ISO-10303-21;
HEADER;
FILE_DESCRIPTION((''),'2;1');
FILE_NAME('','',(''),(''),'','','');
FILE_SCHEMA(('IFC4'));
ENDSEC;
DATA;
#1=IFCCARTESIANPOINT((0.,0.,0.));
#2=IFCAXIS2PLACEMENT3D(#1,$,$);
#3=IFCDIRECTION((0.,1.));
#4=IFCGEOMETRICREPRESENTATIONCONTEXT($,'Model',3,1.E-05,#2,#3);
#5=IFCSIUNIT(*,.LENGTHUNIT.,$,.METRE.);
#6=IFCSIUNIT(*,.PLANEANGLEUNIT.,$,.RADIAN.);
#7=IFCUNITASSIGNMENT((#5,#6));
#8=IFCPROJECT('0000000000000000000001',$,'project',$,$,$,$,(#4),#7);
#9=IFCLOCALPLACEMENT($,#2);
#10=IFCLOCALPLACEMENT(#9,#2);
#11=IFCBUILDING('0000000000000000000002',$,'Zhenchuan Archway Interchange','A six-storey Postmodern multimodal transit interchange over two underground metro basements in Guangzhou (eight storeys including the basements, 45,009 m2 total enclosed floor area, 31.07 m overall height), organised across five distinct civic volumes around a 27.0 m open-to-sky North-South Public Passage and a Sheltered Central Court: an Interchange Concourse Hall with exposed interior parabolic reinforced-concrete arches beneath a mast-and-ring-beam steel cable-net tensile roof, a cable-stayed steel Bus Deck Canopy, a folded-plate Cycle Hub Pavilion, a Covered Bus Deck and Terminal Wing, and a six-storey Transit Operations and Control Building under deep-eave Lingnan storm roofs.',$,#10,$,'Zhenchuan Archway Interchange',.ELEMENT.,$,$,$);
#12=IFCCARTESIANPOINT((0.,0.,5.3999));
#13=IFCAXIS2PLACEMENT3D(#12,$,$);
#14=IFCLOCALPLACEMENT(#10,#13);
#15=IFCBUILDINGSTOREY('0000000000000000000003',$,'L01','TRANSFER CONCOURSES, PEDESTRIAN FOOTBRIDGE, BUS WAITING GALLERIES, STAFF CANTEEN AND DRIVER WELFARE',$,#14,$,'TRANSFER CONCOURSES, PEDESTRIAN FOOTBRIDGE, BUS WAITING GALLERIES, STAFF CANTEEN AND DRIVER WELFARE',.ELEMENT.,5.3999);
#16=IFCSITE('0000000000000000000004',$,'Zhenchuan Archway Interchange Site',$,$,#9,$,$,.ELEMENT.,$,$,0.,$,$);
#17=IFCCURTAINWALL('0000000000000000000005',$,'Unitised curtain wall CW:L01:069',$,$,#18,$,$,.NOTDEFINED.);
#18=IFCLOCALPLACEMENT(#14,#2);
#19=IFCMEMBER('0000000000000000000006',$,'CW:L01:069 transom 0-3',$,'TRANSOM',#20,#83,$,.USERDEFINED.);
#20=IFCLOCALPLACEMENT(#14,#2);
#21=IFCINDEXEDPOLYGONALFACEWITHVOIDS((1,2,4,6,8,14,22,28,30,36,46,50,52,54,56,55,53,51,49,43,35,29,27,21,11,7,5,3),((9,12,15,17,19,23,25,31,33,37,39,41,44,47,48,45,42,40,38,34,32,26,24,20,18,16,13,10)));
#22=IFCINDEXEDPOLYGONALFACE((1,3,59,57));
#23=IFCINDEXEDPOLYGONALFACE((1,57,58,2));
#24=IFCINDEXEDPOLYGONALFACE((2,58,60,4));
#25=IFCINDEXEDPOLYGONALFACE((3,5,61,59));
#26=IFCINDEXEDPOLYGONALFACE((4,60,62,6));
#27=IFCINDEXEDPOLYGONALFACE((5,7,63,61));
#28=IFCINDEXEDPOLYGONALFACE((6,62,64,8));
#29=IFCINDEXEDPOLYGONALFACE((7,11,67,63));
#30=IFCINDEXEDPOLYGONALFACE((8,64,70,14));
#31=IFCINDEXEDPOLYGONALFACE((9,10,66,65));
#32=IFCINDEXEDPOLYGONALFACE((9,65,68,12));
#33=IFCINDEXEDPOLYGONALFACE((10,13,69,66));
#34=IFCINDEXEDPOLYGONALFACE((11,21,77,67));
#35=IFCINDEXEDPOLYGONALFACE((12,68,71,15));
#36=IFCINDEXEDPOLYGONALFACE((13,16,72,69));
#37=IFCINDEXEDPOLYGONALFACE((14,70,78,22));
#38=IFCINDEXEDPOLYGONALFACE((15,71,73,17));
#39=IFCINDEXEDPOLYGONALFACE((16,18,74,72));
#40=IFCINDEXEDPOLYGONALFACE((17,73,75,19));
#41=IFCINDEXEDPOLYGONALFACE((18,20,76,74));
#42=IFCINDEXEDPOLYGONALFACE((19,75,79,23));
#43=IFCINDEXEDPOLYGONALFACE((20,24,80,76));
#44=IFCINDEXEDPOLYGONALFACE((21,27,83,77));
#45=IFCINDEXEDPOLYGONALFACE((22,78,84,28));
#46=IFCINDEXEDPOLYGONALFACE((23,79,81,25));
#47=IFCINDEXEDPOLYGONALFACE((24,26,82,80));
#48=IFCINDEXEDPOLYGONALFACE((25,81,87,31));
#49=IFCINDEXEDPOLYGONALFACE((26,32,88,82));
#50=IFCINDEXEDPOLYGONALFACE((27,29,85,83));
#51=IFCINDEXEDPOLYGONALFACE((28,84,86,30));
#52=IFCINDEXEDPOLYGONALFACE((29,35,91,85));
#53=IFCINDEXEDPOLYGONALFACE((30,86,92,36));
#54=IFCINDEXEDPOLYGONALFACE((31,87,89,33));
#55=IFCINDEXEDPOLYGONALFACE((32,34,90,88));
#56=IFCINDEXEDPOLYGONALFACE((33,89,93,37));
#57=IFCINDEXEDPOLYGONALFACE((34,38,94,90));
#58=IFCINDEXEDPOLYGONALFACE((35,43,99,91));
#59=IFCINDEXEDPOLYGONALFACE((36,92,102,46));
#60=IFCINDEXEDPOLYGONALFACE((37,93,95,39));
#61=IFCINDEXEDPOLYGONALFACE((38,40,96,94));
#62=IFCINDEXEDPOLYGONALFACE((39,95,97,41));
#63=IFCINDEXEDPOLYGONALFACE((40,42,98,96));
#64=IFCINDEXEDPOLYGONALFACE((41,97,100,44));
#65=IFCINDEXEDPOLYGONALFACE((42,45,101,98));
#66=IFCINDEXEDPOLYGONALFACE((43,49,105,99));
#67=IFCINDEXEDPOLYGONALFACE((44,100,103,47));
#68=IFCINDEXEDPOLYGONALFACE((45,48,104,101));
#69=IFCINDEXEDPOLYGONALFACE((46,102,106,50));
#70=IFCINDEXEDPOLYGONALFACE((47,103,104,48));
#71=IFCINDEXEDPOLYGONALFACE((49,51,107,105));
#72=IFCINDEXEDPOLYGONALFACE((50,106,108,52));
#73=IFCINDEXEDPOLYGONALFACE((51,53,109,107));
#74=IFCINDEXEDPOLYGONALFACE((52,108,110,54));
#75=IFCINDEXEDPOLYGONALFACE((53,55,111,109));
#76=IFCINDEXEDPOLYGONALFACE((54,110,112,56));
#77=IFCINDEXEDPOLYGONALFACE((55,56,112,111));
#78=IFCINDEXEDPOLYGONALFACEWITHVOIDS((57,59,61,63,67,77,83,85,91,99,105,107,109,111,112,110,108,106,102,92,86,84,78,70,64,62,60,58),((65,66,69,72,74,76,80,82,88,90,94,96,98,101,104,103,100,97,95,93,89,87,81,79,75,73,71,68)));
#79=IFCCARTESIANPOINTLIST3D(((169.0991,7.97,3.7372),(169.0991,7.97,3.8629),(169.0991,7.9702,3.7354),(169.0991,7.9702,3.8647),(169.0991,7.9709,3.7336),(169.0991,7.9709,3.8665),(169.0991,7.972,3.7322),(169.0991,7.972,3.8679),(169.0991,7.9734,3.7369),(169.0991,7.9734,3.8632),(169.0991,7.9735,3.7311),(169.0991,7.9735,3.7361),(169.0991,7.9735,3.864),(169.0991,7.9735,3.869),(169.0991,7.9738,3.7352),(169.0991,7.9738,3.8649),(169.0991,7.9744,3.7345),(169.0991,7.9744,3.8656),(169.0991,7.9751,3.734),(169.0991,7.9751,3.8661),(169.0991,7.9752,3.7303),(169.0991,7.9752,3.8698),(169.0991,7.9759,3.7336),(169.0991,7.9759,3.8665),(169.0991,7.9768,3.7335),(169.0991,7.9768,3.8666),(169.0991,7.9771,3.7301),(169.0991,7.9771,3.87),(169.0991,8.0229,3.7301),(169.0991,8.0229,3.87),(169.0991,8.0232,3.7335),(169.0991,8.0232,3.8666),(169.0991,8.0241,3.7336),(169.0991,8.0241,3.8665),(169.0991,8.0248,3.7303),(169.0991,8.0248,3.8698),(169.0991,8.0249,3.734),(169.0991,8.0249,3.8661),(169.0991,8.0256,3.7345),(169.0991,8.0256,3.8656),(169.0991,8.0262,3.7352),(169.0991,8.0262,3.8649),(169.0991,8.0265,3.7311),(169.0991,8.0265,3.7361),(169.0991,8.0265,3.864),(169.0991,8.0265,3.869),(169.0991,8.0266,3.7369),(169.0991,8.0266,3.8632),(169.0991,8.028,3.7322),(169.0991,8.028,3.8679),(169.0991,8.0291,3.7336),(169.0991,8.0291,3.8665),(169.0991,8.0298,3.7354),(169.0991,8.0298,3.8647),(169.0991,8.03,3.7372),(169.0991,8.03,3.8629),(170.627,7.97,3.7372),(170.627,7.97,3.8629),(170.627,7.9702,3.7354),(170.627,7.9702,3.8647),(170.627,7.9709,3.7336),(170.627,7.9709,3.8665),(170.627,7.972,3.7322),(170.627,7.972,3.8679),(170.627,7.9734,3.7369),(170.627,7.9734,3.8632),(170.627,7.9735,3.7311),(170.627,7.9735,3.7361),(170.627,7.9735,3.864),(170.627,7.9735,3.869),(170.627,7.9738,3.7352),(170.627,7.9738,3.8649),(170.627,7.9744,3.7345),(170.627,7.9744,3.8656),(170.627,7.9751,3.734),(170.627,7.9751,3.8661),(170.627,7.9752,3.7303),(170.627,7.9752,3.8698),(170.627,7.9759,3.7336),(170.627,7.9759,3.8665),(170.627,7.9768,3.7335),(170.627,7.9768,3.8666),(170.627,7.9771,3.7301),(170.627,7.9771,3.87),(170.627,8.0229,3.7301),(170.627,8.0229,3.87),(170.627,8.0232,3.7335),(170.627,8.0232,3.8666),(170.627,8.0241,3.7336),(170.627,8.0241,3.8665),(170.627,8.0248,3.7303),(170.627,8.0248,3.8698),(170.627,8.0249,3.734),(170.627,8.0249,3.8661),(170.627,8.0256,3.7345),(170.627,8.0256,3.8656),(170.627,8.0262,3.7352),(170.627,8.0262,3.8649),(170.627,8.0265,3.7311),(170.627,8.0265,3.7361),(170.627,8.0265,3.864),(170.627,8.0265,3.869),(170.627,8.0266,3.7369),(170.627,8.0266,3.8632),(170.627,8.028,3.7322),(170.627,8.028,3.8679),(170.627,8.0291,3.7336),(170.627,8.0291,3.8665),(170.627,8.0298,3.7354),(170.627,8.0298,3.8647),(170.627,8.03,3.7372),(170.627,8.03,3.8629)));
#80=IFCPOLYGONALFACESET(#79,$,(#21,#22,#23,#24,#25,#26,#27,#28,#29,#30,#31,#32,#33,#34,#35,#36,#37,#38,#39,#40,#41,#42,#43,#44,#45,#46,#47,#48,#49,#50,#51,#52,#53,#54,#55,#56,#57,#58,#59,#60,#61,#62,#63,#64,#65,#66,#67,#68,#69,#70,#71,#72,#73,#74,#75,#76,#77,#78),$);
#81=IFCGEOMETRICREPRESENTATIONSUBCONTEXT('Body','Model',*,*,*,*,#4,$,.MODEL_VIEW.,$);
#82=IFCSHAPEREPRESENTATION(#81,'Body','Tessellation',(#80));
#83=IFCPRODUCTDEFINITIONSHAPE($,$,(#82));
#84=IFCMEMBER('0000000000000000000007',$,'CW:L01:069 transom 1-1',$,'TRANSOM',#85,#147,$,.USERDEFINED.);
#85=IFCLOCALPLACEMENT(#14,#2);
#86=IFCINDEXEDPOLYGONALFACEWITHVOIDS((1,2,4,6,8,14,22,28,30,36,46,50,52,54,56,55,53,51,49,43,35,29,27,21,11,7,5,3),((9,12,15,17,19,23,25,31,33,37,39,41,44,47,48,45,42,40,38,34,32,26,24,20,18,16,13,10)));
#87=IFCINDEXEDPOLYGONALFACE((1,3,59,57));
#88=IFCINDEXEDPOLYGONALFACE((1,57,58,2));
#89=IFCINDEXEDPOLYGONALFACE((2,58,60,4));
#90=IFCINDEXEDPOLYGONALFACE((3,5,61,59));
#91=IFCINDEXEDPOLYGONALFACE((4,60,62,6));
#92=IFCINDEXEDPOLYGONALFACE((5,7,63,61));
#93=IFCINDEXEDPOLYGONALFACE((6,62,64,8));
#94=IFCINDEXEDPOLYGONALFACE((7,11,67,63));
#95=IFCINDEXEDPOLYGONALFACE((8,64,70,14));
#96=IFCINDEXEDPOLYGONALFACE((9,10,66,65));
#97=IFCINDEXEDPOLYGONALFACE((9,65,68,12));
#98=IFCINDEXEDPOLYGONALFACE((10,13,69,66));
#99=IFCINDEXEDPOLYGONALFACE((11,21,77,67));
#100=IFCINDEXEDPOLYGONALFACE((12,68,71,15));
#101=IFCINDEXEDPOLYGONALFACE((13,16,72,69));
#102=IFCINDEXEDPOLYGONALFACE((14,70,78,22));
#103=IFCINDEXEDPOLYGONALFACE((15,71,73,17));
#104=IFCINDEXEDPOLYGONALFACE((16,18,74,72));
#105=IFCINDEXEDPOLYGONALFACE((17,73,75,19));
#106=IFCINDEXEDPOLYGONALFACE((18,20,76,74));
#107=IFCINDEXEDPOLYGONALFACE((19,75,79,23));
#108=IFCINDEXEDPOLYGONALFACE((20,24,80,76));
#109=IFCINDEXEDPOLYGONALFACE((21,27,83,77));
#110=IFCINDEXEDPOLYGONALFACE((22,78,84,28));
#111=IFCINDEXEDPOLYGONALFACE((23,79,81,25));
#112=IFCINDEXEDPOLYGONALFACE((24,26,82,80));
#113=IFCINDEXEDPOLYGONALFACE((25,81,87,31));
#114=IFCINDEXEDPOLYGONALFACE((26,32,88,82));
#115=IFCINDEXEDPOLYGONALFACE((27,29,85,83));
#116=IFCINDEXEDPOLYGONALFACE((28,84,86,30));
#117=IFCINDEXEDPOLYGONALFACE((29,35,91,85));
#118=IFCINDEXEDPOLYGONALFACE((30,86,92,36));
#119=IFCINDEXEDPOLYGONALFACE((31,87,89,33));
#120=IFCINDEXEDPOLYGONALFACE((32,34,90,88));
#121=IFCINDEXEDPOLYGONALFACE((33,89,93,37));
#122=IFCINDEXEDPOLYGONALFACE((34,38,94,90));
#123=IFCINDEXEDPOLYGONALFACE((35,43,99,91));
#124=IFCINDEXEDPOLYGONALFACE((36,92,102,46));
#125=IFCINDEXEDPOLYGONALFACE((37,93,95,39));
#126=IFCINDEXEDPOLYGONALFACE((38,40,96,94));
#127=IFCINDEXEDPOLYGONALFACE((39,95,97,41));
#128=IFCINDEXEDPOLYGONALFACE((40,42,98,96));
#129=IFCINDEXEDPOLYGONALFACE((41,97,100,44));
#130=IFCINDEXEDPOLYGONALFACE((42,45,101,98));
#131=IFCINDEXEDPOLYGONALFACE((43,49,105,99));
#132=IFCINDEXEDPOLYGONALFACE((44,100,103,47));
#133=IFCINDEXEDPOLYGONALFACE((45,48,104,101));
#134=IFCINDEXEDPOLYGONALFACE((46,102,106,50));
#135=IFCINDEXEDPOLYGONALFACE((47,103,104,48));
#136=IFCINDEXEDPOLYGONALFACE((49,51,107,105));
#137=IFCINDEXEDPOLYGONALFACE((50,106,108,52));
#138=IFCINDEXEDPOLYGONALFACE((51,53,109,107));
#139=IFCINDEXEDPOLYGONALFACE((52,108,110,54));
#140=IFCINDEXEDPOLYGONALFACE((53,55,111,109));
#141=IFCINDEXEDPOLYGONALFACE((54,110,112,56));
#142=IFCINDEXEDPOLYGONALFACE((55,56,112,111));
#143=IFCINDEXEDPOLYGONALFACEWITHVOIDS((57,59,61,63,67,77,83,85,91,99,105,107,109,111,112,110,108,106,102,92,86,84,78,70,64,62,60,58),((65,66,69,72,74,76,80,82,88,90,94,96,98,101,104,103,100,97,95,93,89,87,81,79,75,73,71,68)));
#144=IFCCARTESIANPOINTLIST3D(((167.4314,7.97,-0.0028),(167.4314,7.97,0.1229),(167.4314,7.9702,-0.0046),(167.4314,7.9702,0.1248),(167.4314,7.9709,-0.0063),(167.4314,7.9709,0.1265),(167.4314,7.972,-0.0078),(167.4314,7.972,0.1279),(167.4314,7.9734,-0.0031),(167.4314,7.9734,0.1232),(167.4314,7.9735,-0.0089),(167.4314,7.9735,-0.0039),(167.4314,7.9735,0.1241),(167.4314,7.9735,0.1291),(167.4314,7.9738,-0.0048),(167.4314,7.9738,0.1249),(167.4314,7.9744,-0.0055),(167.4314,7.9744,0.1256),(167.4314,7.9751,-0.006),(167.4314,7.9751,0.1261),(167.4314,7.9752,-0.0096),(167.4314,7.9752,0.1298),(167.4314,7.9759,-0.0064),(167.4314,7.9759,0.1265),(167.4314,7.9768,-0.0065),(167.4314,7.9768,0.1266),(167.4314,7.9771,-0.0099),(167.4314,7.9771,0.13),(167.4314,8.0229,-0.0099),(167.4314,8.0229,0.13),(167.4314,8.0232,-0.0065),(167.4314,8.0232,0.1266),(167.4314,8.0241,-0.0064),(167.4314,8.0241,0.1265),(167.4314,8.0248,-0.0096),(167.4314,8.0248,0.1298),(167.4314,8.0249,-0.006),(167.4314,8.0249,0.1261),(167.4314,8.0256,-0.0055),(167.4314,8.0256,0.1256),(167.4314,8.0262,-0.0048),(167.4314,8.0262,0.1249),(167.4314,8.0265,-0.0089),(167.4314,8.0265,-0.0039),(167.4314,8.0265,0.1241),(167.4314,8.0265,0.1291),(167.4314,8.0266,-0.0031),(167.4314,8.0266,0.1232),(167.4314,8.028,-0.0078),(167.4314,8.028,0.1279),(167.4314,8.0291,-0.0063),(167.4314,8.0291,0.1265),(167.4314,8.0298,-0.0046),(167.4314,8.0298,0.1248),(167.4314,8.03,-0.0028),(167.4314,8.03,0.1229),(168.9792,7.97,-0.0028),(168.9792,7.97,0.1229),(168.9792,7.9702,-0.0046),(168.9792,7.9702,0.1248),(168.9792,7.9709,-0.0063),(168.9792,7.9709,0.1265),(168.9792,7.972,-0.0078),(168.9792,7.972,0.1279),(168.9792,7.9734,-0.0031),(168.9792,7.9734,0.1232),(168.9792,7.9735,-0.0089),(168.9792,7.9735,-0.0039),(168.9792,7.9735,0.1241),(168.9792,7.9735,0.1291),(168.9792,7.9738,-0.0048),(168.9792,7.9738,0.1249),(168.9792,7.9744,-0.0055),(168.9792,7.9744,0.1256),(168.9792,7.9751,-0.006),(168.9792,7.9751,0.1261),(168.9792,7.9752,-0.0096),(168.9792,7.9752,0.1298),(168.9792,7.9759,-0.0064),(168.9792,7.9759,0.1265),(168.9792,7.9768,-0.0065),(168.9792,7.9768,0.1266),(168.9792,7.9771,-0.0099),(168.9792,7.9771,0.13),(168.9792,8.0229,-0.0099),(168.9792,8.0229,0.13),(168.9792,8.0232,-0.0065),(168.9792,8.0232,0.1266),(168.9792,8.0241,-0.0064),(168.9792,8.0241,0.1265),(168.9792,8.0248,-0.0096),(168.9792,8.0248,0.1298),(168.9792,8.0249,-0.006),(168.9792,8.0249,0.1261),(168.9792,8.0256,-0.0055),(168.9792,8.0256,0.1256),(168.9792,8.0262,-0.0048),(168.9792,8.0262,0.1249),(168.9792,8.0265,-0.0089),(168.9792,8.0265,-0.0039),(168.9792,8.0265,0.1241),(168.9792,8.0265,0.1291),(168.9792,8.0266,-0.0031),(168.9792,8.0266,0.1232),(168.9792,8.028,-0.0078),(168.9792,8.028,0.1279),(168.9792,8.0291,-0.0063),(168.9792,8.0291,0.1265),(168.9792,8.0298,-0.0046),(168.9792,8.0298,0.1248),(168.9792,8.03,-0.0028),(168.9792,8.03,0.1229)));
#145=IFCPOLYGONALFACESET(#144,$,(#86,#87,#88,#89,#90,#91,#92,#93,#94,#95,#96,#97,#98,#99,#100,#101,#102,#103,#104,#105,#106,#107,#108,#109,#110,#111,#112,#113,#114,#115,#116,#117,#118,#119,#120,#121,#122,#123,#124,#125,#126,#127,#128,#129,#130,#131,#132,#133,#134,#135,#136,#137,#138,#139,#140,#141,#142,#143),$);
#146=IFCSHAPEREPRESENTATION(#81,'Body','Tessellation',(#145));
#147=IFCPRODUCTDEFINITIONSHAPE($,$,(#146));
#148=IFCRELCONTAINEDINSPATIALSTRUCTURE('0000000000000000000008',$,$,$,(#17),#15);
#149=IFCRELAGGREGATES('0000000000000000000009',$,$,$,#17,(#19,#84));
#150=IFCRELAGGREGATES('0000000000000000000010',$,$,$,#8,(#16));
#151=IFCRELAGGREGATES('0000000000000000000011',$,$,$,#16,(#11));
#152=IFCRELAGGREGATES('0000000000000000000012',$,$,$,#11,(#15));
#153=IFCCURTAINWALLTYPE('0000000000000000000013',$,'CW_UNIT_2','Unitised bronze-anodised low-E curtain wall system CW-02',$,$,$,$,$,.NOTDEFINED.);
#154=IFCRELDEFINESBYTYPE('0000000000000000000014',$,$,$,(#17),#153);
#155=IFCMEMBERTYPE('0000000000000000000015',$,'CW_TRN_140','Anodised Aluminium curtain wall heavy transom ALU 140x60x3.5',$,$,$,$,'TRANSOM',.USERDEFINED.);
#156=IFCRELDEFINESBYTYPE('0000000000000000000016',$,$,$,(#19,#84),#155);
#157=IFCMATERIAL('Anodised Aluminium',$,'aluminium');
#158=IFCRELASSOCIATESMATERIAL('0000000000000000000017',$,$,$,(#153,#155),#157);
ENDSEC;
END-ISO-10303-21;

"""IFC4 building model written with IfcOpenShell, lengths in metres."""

from ifc_helpers import new_model, si_unit, direction, frame, origin, origin_2d, place, context, subcontext, project, spatial, hollow_rectangle, extrude, material, material_profile, profile_set, type_object, element, aggregate, save


model = new_model("IFC4")

# Units and contexts
model_context = context("Model", 3, precision=1e-05, world=origin(), true_north=direction((0.0, 1.0)))
body_context = subcontext(model_context, "Body", "Model", "MODEL_VIEW")
ifc_project = project(units=[si_unit("LENGTHUNIT", "METRE"), si_unit("PLANEANGLEUNIT", "RADIAN")], contexts=[model_context])

# Site, building, storey
site_placement = place(None, origin())
site = spatial("IfcSite", under=ifc_project, at=site_placement, Name="Zhenchuan Archway Interchange Site", CompositionType="ELEMENT", RefElevation=0.0)
building_placement = place(site_placement, origin())
building = spatial("IfcBuilding", under=site, at=building_placement, Name="Zhenchuan Archway Interchange", Description="A six-storey Postmodern multimodal transit interchange over two underground metro basements in Guangzhou (eight storeys including the basements, 45,009 m2 total enclosed floor area, 31.07 m overall height), organised across five distinct civic volumes around a 27.0 m open-to-sky North-South Public Passage and a Sheltered Central Court: an Interchange Concourse Hall with exposed interior parabolic reinforced-concrete arches beneath a mast-and-ring-beam steel cable-net tensile roof, a cable-stayed steel Bus Deck Canopy, a folded-plate Cycle Hub Pavilion, a Covered Bus Deck and Terminal Wing, and a six-storey Transit Operations and Control Building under deep-eave Lingnan storm roofs.", LongName="Zhenchuan Archway Interchange", CompositionType="ELEMENT")
storey_placement = place(building_placement, frame((0.0, 0.0, 5.3999)))
storey = spatial("IfcBuildingStorey", under=building, at=storey_placement, Name="L01", Description="TRANSFER CONCOURSES, PEDESTRIAN FOOTBRIDGE, BUS WAITING GALLERIES, STAFF CANTEEN AND DRIVER WELFARE", LongName="TRANSFER CONCOURSES, PEDESTRIAN FOOTBRIDGE, BUS WAITING GALLERIES, STAFF CANTEEN AND DRIVER WELFARE", CompositionType="ELEMENT", Elevation=5.3999)

# Curtain wall, members
ifc_material_1 = material(Name="Anodised Aluminium", Category="aluminium")
curtain_wall_type = type_object("IfcCurtainWallType", Name="CW_UNIT_2", Description="Unitised bronze-anodised low-E curtain wall system CW-02", PredefinedType="NOTDEFINED", material=ifc_material_1)
curtain_wall_placement = place(storey_placement, origin())
curtain_wall = element("IfcCurtainWall", 1, at=curtain_wall_placement, inside=storey, type_object=curtain_wall_type, Name="Unitised curtain wall CW:L01:069", PredefinedType="NOTDEFINED")
ifc_material_profile_1 = material_profile(ifc_material_1, hollow_rectangle(XDim=0.0601, YDim=0.1399, WallThickness=0.0034, InnerFilletRadius=0.0034, OuterFilletRadius=0.0071, at=origin_2d()), Name="ALU 140x60x3.5")
ifc_profile_set_1 = profile_set([ifc_material_profile_1], Name="Anodised Aluminium")
member_type_1 = type_object("IfcMemberType", Name="CW_TRN_140", Description="Anodised Aluminium curtain wall heavy transom ALU 140x60x3.5", ElementType="TRANSOM", PredefinedType="USERDEFINED", material=ifc_profile_set_1)
member_1_placement = place(storey_placement, frame((170.627, 8.0, 3.8), z_axis=(-1.0, 0.0, 0.0), x_axis=(0.0, -1.0, 0.0)))
member_1 = element("IfcMember", 2, at=member_1_placement, type_object=member_type_1, Name="CW:L01:069 transom 0-3", ObjectType="TRANSOM", PredefinedType="USERDEFINED", context=body_context, shape_type="SweptSolid", body=[
    extrude(hollow_rectangle(XDim=0.0601, YDim=0.1399, WallThickness=0.0034, InnerFilletRadius=0.0034, OuterFilletRadius=0.0071, at=origin_2d()), origin(), (0.0, 0.0, 1.0), 1.5278),
])
member_2_placement = place(storey_placement, frame((168.9792, 8.0, 0.0601), z_axis=(-1.0, 0.0, 0.0), x_axis=(0.0, -1.0, 0.0)))
member_2 = element("IfcMember", 3, at=member_2_placement, type_object=member_type_1, Name="CW:L01:069 transom 1-1", ObjectType="TRANSOM", PredefinedType="USERDEFINED", context=body_context, shape_type="SweptSolid", body=[
    extrude(hollow_rectangle(XDim=0.0601, YDim=0.1399, WallThickness=0.0034, InnerFilletRadius=0.0034, OuterFilletRadius=0.0071, at=origin_2d()), origin(), (0.0, 0.0, 1.0), 1.5479),
])

aggregate(curtain_wall, [member_1, member_2])

save(model, "model.ifc")
